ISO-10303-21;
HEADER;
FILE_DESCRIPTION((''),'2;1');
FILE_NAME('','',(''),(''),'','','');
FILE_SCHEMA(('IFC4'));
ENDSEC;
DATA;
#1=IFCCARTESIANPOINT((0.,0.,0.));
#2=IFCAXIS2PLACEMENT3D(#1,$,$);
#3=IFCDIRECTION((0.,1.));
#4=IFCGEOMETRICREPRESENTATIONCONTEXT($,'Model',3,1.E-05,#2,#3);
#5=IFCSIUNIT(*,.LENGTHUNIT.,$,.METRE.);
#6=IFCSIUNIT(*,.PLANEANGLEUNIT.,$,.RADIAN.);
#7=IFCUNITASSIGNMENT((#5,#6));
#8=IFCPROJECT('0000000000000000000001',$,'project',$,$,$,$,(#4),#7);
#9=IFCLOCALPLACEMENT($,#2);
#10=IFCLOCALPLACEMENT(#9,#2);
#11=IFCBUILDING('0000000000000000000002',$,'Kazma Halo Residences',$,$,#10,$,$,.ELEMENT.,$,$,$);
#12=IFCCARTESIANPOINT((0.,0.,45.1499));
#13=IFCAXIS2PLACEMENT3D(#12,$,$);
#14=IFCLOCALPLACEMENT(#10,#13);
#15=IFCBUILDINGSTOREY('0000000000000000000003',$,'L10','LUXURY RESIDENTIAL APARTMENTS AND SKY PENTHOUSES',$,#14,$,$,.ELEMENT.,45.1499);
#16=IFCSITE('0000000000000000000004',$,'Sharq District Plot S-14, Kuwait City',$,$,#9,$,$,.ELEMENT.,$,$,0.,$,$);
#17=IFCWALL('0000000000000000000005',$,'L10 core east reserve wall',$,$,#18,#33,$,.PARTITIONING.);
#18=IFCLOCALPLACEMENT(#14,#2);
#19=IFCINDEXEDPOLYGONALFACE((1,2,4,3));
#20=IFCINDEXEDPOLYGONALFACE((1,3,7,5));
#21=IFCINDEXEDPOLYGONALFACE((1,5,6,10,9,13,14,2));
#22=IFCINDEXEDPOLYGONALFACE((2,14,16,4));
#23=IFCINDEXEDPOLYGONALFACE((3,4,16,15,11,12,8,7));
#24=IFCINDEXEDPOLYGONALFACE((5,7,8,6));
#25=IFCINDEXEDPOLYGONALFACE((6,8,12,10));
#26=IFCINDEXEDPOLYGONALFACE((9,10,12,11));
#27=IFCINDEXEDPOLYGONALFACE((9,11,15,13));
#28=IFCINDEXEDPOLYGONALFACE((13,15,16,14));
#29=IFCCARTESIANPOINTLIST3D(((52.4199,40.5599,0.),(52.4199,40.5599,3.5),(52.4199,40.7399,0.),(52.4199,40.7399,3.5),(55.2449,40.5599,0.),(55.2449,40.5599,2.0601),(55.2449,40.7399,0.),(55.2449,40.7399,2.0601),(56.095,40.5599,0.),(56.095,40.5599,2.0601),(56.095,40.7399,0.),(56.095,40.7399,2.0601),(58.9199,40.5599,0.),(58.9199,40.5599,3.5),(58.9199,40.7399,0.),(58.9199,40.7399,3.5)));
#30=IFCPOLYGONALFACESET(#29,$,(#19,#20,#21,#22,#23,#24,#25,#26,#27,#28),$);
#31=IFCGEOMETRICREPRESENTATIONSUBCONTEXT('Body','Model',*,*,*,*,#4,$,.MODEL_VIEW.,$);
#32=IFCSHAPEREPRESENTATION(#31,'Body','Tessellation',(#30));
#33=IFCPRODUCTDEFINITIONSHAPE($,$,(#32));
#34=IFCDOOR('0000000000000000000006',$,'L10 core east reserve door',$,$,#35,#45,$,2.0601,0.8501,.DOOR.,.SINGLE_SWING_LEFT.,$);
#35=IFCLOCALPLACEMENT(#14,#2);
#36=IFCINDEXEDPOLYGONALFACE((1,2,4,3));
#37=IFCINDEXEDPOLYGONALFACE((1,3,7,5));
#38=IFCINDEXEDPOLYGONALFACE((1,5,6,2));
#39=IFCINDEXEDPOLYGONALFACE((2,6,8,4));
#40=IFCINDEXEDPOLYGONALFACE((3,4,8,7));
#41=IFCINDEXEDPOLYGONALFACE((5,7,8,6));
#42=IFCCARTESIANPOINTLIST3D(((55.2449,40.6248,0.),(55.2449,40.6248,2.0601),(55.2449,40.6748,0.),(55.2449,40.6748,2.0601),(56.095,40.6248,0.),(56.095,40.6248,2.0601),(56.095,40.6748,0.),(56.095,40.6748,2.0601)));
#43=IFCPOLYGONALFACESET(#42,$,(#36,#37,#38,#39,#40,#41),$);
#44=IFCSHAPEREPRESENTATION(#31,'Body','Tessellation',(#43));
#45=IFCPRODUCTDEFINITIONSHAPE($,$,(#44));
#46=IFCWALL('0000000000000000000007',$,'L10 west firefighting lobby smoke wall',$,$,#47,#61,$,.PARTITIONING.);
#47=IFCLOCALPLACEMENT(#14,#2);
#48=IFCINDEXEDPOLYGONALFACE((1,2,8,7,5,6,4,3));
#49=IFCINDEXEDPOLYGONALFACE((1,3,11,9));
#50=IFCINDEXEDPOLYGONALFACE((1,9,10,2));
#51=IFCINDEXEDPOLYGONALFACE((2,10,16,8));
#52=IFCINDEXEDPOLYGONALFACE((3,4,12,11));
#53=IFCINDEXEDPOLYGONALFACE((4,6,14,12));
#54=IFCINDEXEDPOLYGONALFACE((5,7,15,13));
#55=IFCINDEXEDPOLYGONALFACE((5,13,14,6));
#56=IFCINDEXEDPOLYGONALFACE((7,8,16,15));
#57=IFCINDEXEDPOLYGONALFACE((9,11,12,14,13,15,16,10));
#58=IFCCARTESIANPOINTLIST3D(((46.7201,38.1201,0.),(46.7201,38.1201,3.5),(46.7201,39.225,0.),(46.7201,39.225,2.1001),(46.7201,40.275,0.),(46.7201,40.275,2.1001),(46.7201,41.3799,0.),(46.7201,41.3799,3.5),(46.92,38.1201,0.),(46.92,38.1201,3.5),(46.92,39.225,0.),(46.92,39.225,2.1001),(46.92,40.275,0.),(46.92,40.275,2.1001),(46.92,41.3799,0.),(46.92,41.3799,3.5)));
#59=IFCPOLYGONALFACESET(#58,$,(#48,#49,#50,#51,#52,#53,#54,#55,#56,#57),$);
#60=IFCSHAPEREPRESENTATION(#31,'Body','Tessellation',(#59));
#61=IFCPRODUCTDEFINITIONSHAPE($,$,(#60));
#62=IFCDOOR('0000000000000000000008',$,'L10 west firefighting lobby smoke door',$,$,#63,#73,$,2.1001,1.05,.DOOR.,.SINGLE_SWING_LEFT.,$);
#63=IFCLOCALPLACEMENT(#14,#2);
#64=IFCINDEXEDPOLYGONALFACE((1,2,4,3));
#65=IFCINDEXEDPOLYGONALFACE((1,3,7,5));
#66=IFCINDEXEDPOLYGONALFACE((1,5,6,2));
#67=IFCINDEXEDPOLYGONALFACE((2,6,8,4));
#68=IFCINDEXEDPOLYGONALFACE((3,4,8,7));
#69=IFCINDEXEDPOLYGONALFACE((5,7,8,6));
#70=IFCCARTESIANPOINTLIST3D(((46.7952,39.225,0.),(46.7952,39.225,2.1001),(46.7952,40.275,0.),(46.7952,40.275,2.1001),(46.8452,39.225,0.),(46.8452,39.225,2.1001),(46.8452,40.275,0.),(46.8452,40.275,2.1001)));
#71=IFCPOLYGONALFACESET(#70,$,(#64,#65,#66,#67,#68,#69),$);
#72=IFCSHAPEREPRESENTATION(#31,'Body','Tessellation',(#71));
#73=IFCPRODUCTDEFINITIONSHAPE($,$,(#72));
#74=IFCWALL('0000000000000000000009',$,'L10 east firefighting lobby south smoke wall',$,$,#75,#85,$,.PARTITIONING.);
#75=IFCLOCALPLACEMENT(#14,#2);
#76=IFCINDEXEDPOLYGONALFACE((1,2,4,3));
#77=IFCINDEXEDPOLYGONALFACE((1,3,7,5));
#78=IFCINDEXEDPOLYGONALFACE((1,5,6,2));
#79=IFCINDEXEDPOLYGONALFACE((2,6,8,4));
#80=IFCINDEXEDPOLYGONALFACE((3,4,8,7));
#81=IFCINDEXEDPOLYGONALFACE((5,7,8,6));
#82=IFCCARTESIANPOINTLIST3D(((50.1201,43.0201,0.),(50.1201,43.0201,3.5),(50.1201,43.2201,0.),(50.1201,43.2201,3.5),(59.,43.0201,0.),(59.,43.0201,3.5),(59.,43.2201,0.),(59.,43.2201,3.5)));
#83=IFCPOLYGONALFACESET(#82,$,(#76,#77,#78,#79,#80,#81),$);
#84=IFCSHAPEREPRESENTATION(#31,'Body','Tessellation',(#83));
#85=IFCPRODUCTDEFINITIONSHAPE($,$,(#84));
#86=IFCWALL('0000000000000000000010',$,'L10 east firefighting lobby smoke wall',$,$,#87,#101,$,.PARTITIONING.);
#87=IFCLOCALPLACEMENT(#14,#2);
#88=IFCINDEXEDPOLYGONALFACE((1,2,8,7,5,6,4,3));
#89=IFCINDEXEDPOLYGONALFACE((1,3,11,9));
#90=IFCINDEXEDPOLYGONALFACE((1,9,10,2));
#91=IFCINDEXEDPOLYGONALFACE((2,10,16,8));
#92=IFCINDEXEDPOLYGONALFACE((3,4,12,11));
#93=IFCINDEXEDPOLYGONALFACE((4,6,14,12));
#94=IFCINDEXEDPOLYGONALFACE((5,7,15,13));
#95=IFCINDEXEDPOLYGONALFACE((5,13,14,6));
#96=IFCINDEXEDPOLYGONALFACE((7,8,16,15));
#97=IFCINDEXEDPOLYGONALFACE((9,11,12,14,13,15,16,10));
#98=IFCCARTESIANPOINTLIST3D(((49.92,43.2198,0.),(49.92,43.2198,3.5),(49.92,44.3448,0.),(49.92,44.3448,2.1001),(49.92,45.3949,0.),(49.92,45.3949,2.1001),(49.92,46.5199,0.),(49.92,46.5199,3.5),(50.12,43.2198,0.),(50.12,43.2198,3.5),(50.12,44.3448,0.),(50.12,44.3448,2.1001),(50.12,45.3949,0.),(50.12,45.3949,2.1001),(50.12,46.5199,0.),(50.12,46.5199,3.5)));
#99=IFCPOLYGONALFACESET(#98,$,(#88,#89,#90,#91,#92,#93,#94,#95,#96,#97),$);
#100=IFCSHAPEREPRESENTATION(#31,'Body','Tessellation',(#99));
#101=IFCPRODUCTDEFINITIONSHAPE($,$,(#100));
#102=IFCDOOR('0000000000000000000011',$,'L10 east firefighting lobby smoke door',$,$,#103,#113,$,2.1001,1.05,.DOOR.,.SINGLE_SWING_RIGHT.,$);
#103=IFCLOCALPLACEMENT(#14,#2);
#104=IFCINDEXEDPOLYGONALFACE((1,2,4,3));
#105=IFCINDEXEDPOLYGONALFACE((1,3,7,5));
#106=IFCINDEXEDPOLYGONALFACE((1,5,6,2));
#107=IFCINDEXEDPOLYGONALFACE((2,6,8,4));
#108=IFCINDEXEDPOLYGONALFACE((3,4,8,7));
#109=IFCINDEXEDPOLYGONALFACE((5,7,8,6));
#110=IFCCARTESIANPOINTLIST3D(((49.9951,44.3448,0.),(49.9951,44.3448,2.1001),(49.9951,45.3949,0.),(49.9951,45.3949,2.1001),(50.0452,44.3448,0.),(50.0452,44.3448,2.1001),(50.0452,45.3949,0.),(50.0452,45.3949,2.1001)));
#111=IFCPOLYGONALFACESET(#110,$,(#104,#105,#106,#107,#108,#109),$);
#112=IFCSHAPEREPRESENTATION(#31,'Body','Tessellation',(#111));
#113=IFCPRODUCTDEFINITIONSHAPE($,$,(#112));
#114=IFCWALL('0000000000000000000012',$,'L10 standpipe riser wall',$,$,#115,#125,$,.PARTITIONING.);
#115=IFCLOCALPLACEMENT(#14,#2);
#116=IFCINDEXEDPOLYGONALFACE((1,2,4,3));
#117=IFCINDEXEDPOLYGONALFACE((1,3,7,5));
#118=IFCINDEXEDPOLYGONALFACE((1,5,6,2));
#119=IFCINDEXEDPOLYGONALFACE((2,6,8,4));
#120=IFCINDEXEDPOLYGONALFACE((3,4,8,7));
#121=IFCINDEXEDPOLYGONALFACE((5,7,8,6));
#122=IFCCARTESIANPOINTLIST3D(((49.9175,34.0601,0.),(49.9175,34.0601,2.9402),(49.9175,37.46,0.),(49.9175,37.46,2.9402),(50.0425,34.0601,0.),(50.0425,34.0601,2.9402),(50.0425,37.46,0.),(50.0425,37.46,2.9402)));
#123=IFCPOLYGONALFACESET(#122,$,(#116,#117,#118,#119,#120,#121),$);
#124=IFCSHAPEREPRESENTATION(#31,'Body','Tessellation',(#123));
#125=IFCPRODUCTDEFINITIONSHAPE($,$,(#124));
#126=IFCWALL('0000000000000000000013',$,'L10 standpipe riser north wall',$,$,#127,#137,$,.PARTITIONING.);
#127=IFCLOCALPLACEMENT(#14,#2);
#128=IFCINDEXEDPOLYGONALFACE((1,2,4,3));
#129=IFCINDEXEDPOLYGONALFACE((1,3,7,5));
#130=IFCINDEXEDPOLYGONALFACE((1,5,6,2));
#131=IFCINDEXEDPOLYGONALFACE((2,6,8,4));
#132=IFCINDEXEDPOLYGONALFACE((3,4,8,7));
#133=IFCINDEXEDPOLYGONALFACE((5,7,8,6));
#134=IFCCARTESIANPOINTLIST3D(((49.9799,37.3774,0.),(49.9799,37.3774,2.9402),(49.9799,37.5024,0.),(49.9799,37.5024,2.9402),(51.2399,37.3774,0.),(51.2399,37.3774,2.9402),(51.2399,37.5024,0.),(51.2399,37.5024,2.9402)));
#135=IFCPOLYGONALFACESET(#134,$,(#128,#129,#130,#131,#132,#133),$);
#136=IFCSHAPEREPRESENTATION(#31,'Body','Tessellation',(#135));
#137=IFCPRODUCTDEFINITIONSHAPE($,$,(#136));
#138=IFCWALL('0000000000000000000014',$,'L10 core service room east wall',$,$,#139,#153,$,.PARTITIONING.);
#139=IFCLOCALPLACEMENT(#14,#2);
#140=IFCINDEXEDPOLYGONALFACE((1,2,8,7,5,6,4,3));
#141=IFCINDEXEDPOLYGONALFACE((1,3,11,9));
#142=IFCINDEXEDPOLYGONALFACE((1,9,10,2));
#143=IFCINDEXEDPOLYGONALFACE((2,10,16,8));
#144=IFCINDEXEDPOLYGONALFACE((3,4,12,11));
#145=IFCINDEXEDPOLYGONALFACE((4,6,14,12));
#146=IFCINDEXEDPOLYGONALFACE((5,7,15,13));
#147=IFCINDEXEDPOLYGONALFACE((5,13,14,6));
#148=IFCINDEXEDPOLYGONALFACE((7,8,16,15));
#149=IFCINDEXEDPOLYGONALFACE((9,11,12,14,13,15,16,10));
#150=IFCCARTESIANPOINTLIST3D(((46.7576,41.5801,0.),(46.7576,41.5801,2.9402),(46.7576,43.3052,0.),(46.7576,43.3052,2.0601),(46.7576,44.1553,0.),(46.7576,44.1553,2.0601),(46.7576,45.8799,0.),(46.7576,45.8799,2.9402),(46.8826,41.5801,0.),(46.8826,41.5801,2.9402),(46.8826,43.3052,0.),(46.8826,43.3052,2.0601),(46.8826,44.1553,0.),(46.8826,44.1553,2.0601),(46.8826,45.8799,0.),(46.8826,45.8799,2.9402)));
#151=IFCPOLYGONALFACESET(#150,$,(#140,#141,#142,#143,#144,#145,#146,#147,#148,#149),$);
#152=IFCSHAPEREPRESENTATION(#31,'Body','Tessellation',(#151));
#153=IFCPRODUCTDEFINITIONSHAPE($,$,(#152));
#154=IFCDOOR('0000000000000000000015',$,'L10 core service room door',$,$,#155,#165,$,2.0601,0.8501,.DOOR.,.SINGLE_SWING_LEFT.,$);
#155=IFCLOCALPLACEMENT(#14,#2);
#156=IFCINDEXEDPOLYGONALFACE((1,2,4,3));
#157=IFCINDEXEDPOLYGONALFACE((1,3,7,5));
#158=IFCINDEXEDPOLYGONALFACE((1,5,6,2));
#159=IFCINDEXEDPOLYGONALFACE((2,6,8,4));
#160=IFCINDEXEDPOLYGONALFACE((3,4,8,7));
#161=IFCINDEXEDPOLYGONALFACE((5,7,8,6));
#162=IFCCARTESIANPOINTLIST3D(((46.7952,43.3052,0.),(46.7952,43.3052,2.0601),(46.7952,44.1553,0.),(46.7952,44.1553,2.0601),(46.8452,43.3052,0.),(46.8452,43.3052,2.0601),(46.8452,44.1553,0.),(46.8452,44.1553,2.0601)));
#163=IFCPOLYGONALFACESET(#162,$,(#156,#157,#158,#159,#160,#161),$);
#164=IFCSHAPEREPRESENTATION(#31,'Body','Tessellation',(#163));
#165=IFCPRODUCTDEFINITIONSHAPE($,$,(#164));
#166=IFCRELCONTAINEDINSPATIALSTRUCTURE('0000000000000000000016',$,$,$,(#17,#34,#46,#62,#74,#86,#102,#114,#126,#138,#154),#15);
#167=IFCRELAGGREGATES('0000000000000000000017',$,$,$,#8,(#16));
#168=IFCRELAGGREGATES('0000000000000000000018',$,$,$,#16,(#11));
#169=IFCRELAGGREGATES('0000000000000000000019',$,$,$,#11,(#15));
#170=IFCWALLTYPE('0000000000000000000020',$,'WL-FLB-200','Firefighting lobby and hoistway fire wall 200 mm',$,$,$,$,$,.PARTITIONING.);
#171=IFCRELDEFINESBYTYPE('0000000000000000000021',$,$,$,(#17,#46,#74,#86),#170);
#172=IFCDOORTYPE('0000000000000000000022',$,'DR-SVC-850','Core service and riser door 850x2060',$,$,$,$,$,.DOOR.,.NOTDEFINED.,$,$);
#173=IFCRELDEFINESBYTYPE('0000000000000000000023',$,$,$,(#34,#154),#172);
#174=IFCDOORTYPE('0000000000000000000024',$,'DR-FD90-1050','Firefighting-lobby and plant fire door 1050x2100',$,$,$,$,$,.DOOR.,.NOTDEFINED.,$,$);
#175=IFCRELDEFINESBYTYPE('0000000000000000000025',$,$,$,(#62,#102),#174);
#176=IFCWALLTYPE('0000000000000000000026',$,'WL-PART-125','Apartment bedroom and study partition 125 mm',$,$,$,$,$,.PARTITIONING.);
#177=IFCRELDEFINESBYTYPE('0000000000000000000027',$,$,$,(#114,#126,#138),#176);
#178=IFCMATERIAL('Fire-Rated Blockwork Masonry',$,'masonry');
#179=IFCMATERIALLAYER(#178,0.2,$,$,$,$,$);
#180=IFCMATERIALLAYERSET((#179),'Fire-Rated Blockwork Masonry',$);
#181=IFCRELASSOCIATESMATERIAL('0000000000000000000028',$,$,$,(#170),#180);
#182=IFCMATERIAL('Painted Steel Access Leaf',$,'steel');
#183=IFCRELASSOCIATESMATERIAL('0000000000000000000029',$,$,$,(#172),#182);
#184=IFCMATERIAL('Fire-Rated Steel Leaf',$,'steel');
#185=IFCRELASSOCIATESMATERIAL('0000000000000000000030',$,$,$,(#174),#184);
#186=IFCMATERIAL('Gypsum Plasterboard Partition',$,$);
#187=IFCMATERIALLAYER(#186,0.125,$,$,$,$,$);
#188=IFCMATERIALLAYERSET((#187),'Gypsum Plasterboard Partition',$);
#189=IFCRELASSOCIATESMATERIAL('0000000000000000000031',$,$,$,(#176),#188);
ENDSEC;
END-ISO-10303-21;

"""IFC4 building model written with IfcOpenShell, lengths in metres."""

from ifc_helpers import new_model, si_unit, direction, frame, frame_2d, origin, place, context, subcontext, project, spatial, rectangle, extrude, material, layer, layer_set, type_object, element, fill, save


model = new_model("IFC4")

# Units and contexts
model_context = context("Model", 3, precision=1e-05, world=origin(), true_north=direction((0.0, 1.0)))
body_context = subcontext(model_context, "Body", "Model", "MODEL_VIEW")
ifc_project = project(units=[si_unit("LENGTHUNIT", "METRE"), si_unit("PLANEANGLEUNIT", "RADIAN")], contexts=[model_context])

# Site, building, storey
site_placement = place(None, origin())
site = spatial("IfcSite", under=ifc_project, at=site_placement, Name="Sharq District Plot S-14, Kuwait City", CompositionType="ELEMENT", RefElevation=0.0)
building_placement = place(site_placement, origin())
building = spatial("IfcBuilding", under=site, at=building_placement, Name="Kazma Halo Residences", CompositionType="ELEMENT")
storey_placement = place(building_placement, frame((0.0, 0.0, 45.1499)))
storey = spatial("IfcBuildingStorey", under=building, at=storey_placement, Name="L10", Description="LUXURY RESIDENTIAL APARTMENTS AND SKY PENTHOUSES", CompositionType="ELEMENT", Elevation=45.1499)

# Shared definitions
ifc_material_1 = material(Name="Fire-Rated Blockwork Masonry", Category="masonry")
ifc_layer_1 = layer(ifc_material_1, 0.2)
ifc_layer_set_1 = layer_set([ifc_layer_1], Name="Fire-Rated Blockwork Masonry")
wall_type_1 = type_object("IfcWallType", Name="WL-FLB-200", Description="Firefighting lobby and hoistway fire wall 200 mm", PredefinedType="PARTITIONING", material=ifc_layer_set_1)

# Walls, openings, doors
wall_1_placement = place(storey_placement, frame((52.4199, 40.6499, 0.0), z_axis=(0.0, 0.0, 1.0), x_axis=(1.0, 0.0, 0.0)))
wall_1 = element("IfcWall", 1, at=wall_1_placement, inside=storey, type_object=wall_type_1, Name="L10 core east reserve wall", PredefinedType="PARTITIONING", context=body_context, shape_type="SweptSolid", body=[
    extrude(rectangle(XDim=6.5, YDim=0.1799, at=frame_2d((3.25, 0.0))), origin(), (0.0, 0.0, 1.0), 3.5),
])
opening_1_placement = place(wall_1_placement, frame((2.825, 0.0, 0.0)))
opening_1 = element("IfcOpeningElement", 2, at=opening_1_placement, cuts=wall_1, PredefinedType="OPENING", context=body_context, shape_type="SweptSolid", body=[
    extrude(rectangle(XDim=0.8501, YDim=2.0601, at=frame_2d((0.425, 1.03))), frame((0.0, 0.0999, 0.0), z_axis=(0.0, -1.0, 0.0), x_axis=(1.0, 0.0, 0.0)), (0.0, 0.0, 1.0), 0.2),
])
ifc_material_2 = material(Name="Painted Steel Access Leaf", Category="steel")
door_type_1 = type_object("IfcDoorType", Name="DR-SVC-850", Description="Core service and riser door 850x2060", OperationType="NOTDEFINED", PredefinedType="DOOR", material=ifc_material_2)
door_1_placement = place(opening_1_placement, origin())
door_1 = element("IfcDoor", 3, at=door_1_placement, inside=storey, type_object=door_type_1, Name="L10 core east reserve door", OperationType="SINGLE_SWING_LEFT", OverallHeight=2.0601, OverallWidth=0.8501, PredefinedType="DOOR", context=body_context, shape_type="SweptSolid", body=[
    extrude(rectangle(XDim=0.8501, YDim=2.0601, at=frame_2d((0.425, 1.03))), frame((0.0, 0.0249, 0.0), z_axis=(0.0, -1.0, 0.0), x_axis=(1.0, 0.0, 0.0)), (0.0, 0.0, 1.0), 0.05),
])
fill(opening_1, door_1)
wall_2_placement = place(storey_placement, frame((46.8201, 38.1201, 0.0), z_axis=(0.0, 0.0, 1.0), x_axis=(0.0, 1.0, 0.0)))
wall_2 = element("IfcWall", 4, at=wall_2_placement, inside=storey, type_object=wall_type_1, Name="L10 west firefighting lobby smoke wall", PredefinedType="PARTITIONING", context=body_context, shape_type="SweptSolid", body=[
    extrude(rectangle(XDim=3.2598, YDim=0.2, at=frame_2d((1.6299, 0.0))), origin(), (0.0, 0.0, 1.0), 3.5),
])
opening_2_placement = place(wall_2_placement, frame((1.105, 0.0, 0.0)))
opening_2 = element("IfcOpeningElement", 5, at=opening_2_placement, cuts=wall_2, PredefinedType="OPENING", context=body_context, shape_type="SweptSolid", body=[
    extrude(rectangle(XDim=1.05, YDim=2.1001, at=frame_2d((0.5249, 1.05))), frame((0.0, 0.1099, 0.0), z_axis=(0.0, -1.0, 0.0), x_axis=(1.0, 0.0, 0.0)), (0.0, 0.0, 1.0), 0.22),
])
ifc_material_3 = material(Name="Fire-Rated Steel Leaf", Category="steel")
door_type_2 = type_object("IfcDoorType", Name="DR-FD90-1050", Description="Firefighting-lobby and plant fire door 1050x2100", OperationType="NOTDEFINED", PredefinedType="DOOR", material=ifc_material_3)
door_2_placement = place(opening_2_placement, origin())
door_2 = element("IfcDoor", 6, at=door_2_placement, inside=storey, type_object=door_type_2, Name="L10 west firefighting lobby smoke door", OperationType="SINGLE_SWING_LEFT", OverallHeight=2.1001, OverallWidth=1.05, PredefinedType="DOOR", context=body_context, shape_type="SweptSolid", body=[
    extrude(rectangle(XDim=1.05, YDim=2.1001, at=frame_2d((0.5249, 1.05))), frame((0.0, 0.0249, 0.0), z_axis=(0.0, -1.0, 0.0), x_axis=(1.0, 0.0, 0.0)), (0.0, 0.0, 1.0), 0.05),
])
fill(opening_2, door_2)

# Wall
wall_3_placement = place(storey_placement, frame((50.1201, 43.1201, 0.0), z_axis=(0.0, 0.0, 1.0), x_axis=(1.0, 0.0, 0.0)))
element("IfcWall", 7, at=wall_3_placement, inside=storey, type_object=wall_type_1, Name="L10 east firefighting lobby south smoke wall", PredefinedType="PARTITIONING", context=body_context, shape_type="SweptSolid", body=[
    extrude(rectangle(XDim=8.8799, YDim=0.2, at=frame_2d((4.4399, 0.0))), origin(), (0.0, 0.0, 1.0), 3.5),
])

# Wall, opening, door
wall_4_placement = place(storey_placement, frame((50.02, 43.22, 0.0), z_axis=(0.0, 0.0, 1.0), x_axis=(0.0, 1.0, 0.0)))
wall_4 = element("IfcWall", 8, at=wall_4_placement, inside=storey, type_object=wall_type_1, Name="L10 east firefighting lobby smoke wall", PredefinedType="PARTITIONING", context=body_context, shape_type="SweptSolid", body=[
    extrude(rectangle(XDim=3.3, YDim=0.2, at=frame_2d((1.6499, 0.0))), origin(), (0.0, 0.0, 1.0), 3.5),
])
opening_3_placement = place(wall_4_placement, frame((1.125, 0.0, 0.0)))
opening_3 = element("IfcOpeningElement", 9, at=opening_3_placement, cuts=wall_4, PredefinedType="OPENING", context=body_context, shape_type="SweptSolid", body=[
    extrude(rectangle(XDim=1.05, YDim=2.1001, at=frame_2d((0.5249, 1.05))), frame((0.0, 0.1099, 0.0), z_axis=(0.0, -1.0, 0.0), x_axis=(1.0, 0.0, 0.0)), (0.0, 0.0, 1.0), 0.22),
])
door_3_placement = place(opening_3_placement, origin())
door_3 = element("IfcDoor", 10, at=door_3_placement, inside=storey, type_object=door_type_2, Name="L10 east firefighting lobby smoke door", OperationType="SINGLE_SWING_RIGHT", OverallHeight=2.1001, OverallWidth=1.05, PredefinedType="DOOR", context=body_context, shape_type="SweptSolid", body=[
    extrude(rectangle(XDim=1.05, YDim=2.1001, at=frame_2d((0.5249, 1.05))), frame((0.0, 0.0249, 0.0), z_axis=(0.0, -1.0, 0.0), x_axis=(1.0, 0.0, 0.0)), (0.0, 0.0, 1.0), 0.05),
])
fill(opening_3, door_3)

# Walls
ifc_material_4 = material(Name="Gypsum Plasterboard Partition")
ifc_layer_2 = layer(ifc_material_4, 0.125)
ifc_layer_set_2 = layer_set([ifc_layer_2], Name="Gypsum Plasterboard Partition")
wall_type_2 = type_object("IfcWallType", Name="WL-PART-125", Description="Apartment bedroom and study partition 125 mm", PredefinedType="PARTITIONING", material=ifc_layer_set_2)
wall_5_placement = place(storey_placement, frame((49.98, 34.0601, 0.0), z_axis=(0.0, 0.0, 1.0), x_axis=(0.0, 1.0, 0.0)))
element("IfcWall", 11, at=wall_5_placement, inside=storey, type_object=wall_type_2, Name="L10 standpipe riser wall", PredefinedType="PARTITIONING", context=body_context, shape_type="SweptSolid", body=[
    extrude(rectangle(XDim=3.3999, YDim=0.125, at=frame_2d((1.7, 0.0))), origin(), (0.0, 0.0, 1.0), 2.9402),
])
wall_6_placement = place(storey_placement, frame((49.98, 37.4399, 0.0), z_axis=(0.0, 0.0, 1.0), x_axis=(1.0, 0.0, 0.0)))
element("IfcWall", 12, at=wall_6_placement, inside=storey, type_object=wall_type_2, Name="L10 standpipe riser north wall", PredefinedType="PARTITIONING", context=body_context, shape_type="SweptSolid", body=[
    extrude(rectangle(XDim=1.26, YDim=0.125, at=frame_2d((0.6299, 0.0))), origin(), (0.0, 0.0, 1.0), 2.9402),
])

# Wall, opening, door
wall_7_placement = place(storey_placement, frame((46.8201, 41.5801, 0.0), z_axis=(0.0, 0.0, 1.0), x_axis=(0.0, 1.0, 0.0)))
wall_7 = element("IfcWall", 13, at=wall_7_placement, inside=storey, type_object=wall_type_2, Name="L10 core service room east wall", PredefinedType="PARTITIONING", context=body_context, shape_type="SweptSolid", body=[
    extrude(rectangle(XDim=4.2998, YDim=0.125, at=frame_2d((2.1499, 0.0))), origin(), (0.0, 0.0, 1.0), 2.9402),
])
opening_4_placement = place(wall_7_placement, frame((1.7251, 0.0, 0.0)))
opening_4 = element("IfcOpeningElement", 14, at=opening_4_placement, cuts=wall_7, PredefinedType="OPENING", context=body_context, shape_type="SweptSolid", body=[
    extrude(rectangle(XDim=0.8501, YDim=2.0601, at=frame_2d((0.425, 1.03))), frame((0.0, 0.0725, 0.0), z_axis=(0.0, -1.0, 0.0), x_axis=(1.0, 0.0, 0.0)), (0.0, 0.0, 1.0), 0.145),
])
door_4_placement = place(opening_4_placement, origin())
door_4 = element("IfcDoor", 15, at=door_4_placement, inside=storey, type_object=door_type_1, Name="L10 core service room door", OperationType="SINGLE_SWING_LEFT", OverallHeight=2.0601, OverallWidth=0.8501, PredefinedType="DOOR", context=body_context, shape_type="SweptSolid", body=[
    extrude(rectangle(XDim=0.8501, YDim=2.0601, at=frame_2d((0.425, 1.03))), frame((0.0, 0.0249, 0.0), z_axis=(0.0, -1.0, 0.0), x_axis=(1.0, 0.0, 0.0)), (0.0, 0.0, 1.0), 0.05),
])
fill(opening_4, door_4)

save(model, "model.ifc")
